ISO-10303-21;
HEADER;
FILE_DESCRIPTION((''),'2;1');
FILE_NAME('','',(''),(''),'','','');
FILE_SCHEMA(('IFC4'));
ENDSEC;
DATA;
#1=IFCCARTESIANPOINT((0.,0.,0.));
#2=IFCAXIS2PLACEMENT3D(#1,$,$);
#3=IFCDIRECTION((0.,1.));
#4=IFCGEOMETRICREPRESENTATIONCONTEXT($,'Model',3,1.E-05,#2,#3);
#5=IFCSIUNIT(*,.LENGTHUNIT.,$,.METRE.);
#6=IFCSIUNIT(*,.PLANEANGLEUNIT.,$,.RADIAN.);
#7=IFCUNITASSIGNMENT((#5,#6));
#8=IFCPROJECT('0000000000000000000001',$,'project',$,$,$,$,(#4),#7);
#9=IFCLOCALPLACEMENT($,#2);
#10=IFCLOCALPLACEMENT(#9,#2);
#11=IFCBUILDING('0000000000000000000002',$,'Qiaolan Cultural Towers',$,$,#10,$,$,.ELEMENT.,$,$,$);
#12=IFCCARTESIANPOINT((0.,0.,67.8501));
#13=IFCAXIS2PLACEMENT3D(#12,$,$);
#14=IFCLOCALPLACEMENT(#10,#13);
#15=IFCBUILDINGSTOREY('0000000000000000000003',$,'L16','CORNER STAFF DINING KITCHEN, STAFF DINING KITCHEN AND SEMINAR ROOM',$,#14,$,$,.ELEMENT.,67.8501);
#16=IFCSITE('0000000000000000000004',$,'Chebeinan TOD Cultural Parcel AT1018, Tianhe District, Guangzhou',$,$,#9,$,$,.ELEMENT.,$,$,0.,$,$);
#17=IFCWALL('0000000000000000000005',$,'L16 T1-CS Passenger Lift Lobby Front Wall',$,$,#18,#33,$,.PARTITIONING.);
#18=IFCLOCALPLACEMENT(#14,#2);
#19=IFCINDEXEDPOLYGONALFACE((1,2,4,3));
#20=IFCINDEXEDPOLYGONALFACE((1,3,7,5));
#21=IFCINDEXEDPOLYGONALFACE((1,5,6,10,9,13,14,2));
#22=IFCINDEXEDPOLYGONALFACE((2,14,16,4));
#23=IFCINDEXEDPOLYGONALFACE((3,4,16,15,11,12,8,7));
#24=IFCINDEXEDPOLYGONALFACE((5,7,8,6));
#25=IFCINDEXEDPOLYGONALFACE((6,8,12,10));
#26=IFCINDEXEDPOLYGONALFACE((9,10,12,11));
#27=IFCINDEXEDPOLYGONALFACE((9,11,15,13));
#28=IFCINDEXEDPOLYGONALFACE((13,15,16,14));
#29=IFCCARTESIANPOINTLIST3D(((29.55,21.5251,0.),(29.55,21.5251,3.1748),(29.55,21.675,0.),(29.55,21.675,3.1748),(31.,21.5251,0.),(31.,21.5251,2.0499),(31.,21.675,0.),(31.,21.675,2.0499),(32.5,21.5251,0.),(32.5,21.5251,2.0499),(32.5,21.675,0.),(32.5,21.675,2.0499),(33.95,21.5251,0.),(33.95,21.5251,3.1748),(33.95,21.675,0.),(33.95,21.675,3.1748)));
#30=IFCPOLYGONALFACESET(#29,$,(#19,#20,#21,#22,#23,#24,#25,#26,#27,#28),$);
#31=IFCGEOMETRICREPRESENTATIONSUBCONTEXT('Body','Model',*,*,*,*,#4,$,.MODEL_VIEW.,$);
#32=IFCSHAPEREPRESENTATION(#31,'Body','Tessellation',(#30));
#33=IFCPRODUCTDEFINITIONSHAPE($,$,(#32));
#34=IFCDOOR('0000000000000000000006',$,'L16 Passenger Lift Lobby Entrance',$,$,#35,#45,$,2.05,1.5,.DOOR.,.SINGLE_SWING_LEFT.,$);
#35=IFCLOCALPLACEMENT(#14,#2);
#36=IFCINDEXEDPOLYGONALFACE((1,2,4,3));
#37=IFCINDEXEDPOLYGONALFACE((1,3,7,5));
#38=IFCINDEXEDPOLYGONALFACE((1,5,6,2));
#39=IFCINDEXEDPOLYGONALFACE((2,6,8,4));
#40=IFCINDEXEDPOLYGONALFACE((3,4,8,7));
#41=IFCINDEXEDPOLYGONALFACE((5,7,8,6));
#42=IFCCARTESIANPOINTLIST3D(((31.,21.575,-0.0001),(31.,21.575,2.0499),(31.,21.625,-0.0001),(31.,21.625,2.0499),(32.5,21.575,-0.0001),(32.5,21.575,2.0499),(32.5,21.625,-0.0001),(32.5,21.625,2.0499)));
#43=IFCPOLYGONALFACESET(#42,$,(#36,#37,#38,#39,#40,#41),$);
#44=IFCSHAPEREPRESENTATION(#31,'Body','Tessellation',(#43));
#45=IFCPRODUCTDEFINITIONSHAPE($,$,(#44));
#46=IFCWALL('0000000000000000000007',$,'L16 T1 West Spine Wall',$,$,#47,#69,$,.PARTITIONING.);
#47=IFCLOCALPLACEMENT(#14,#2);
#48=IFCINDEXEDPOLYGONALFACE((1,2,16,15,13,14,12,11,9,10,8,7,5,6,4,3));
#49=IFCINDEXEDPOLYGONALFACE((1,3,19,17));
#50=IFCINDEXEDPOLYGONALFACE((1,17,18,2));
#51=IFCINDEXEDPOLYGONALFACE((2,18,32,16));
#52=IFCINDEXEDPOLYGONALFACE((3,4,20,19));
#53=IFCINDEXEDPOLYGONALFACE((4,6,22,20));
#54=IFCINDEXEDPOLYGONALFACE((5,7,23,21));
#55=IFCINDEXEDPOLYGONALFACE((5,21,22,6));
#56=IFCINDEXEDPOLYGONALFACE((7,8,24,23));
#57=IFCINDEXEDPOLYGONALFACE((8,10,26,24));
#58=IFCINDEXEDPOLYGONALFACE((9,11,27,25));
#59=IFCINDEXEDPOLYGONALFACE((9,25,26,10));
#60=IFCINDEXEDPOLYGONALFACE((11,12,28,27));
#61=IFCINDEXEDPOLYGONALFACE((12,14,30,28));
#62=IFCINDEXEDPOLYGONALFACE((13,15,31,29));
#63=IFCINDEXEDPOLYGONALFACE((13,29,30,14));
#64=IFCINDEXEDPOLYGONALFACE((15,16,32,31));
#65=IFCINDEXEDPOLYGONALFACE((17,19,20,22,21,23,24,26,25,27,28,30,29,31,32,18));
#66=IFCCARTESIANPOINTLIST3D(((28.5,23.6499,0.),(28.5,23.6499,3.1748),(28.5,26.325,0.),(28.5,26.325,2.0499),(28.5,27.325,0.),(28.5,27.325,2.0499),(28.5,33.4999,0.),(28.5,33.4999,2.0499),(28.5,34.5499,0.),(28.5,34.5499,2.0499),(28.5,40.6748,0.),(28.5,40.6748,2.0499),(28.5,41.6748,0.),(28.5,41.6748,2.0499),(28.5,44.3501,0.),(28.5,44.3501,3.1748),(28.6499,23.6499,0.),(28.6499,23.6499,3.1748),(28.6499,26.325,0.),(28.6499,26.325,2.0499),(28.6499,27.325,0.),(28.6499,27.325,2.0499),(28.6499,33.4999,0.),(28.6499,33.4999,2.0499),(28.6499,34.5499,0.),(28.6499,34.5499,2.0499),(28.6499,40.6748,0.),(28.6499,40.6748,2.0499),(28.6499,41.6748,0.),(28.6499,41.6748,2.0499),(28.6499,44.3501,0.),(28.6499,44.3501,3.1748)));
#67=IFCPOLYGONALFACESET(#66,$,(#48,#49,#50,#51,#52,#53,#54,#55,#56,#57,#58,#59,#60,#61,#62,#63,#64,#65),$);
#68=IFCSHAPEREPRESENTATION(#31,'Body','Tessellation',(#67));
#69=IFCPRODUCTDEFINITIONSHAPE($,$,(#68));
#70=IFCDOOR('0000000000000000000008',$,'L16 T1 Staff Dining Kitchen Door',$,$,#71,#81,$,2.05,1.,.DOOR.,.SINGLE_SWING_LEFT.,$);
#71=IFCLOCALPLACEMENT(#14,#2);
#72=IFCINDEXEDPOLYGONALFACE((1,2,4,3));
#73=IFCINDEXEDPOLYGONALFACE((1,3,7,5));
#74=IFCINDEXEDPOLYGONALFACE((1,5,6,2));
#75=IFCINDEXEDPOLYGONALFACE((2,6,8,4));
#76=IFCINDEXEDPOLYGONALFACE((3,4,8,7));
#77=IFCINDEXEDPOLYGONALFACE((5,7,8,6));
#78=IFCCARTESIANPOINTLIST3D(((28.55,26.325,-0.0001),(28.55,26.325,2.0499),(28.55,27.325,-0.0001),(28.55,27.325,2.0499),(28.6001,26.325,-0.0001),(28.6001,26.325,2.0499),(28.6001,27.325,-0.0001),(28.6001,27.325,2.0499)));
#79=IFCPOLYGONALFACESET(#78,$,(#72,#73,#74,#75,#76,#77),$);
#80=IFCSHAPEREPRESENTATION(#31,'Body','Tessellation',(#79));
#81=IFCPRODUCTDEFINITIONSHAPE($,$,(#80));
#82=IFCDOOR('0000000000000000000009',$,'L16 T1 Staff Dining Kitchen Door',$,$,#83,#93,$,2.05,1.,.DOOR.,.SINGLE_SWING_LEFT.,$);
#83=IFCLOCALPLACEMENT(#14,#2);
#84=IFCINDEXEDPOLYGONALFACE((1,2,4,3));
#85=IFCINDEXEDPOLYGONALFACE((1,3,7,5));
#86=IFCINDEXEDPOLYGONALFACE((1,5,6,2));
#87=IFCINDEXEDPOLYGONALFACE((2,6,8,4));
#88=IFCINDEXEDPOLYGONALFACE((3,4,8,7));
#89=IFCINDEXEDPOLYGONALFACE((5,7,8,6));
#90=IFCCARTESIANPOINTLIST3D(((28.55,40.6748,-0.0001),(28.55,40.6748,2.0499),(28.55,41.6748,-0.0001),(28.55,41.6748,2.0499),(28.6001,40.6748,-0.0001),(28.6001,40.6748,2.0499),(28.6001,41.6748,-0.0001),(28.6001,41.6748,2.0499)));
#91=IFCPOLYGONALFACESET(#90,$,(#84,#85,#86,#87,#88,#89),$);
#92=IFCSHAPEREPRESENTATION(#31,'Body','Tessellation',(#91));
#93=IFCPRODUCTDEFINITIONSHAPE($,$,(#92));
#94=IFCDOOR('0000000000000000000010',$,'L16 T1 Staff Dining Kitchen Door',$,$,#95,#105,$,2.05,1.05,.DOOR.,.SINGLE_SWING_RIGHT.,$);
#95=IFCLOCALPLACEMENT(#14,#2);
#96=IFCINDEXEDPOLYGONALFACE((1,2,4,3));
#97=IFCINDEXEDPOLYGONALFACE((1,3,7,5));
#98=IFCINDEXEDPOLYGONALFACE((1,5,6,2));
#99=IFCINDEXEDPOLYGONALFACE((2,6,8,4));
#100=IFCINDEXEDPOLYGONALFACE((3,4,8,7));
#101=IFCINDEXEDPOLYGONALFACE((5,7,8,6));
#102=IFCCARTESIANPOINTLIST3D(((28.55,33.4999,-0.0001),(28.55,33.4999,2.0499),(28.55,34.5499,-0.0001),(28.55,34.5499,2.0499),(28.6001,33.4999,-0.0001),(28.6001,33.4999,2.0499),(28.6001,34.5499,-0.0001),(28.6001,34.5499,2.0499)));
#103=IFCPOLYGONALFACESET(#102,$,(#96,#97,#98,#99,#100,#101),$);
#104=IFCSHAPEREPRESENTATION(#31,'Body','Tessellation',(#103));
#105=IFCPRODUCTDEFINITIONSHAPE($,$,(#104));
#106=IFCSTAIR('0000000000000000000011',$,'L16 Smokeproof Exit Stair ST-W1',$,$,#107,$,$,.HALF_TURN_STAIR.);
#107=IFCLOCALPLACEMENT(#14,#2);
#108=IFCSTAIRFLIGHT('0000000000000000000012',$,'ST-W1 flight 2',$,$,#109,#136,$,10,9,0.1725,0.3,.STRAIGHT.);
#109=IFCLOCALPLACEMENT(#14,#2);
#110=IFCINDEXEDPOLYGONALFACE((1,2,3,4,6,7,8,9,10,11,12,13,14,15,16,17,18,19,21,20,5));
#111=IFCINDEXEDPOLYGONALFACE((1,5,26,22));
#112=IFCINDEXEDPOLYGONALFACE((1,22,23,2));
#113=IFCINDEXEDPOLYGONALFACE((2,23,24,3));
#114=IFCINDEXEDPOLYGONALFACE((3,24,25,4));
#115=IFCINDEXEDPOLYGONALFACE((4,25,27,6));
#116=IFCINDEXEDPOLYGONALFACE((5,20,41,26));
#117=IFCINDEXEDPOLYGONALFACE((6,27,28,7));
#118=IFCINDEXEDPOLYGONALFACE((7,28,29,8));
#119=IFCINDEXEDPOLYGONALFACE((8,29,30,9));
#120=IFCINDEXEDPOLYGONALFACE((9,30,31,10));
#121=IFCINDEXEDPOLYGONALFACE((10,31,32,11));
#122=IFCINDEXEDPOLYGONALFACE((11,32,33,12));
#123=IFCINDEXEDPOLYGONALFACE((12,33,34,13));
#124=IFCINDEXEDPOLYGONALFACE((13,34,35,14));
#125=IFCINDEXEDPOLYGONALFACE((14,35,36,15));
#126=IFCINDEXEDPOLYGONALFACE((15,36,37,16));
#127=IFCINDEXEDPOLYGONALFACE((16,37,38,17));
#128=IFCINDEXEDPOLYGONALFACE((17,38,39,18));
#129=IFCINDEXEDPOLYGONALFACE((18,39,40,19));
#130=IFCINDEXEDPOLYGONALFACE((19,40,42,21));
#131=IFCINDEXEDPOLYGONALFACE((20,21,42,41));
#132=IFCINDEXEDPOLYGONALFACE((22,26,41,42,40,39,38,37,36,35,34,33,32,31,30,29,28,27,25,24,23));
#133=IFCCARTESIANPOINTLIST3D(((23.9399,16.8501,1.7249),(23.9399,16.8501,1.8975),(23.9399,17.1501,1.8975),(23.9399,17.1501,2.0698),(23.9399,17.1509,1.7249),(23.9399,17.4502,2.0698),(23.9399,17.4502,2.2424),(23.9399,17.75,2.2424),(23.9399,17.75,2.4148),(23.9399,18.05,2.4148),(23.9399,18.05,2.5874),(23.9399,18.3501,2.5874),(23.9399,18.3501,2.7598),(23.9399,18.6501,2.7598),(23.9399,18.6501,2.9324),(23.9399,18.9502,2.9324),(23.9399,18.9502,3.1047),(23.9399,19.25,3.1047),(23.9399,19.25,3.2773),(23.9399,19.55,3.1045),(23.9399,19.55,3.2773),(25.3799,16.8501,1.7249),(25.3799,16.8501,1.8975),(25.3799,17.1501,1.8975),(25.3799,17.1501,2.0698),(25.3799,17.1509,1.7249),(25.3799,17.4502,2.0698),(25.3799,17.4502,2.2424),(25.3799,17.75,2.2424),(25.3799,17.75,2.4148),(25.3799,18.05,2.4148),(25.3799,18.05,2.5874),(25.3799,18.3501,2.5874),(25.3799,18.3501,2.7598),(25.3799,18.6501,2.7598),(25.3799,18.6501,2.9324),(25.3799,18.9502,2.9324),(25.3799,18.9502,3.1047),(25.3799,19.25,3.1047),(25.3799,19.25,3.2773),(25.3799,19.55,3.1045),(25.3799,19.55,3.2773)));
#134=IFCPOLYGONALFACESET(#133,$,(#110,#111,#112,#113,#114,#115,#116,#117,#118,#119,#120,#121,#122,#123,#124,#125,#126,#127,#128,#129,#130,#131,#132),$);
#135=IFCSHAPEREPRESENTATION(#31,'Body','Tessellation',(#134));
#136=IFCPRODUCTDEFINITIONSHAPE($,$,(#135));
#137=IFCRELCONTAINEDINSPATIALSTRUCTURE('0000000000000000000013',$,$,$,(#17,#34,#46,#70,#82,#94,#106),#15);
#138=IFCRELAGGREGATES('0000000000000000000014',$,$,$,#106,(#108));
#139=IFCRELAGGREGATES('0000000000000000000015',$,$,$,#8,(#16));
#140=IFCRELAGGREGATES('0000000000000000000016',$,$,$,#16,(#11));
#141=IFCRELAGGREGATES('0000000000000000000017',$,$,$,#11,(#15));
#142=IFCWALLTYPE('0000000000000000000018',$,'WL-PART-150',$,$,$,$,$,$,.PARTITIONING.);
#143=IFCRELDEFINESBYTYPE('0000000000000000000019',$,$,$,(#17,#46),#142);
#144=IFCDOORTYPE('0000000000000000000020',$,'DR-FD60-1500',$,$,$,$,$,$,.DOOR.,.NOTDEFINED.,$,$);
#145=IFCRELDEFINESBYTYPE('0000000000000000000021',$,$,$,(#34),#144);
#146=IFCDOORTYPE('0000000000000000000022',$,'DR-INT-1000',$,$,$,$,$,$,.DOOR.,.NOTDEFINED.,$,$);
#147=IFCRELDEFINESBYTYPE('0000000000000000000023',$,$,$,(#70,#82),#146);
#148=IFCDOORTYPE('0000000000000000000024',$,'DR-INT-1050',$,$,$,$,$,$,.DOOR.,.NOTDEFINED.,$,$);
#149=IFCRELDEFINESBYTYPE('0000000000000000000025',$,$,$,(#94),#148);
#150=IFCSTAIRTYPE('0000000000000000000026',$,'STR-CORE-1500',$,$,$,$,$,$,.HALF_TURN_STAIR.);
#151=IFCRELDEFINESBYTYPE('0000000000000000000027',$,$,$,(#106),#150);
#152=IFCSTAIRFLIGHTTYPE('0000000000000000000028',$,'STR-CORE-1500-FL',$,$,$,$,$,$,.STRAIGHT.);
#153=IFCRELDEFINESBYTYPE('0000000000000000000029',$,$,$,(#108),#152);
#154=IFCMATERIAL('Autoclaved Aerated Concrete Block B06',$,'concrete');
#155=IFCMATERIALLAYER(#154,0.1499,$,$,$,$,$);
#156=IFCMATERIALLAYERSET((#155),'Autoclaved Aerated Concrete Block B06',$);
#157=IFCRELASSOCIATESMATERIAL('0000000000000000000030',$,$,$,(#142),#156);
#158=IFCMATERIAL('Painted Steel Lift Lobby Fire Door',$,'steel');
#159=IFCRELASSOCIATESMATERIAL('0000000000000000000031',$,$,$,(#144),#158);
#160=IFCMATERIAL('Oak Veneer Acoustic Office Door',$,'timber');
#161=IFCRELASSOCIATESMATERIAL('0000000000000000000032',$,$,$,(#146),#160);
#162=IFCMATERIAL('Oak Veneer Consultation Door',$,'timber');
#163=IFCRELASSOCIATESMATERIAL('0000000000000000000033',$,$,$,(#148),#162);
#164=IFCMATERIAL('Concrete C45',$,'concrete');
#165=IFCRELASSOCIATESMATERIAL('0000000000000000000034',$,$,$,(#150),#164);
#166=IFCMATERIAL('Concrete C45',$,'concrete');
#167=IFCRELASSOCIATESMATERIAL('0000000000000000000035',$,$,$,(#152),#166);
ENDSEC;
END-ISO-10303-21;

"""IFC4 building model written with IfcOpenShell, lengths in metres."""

from ifc_helpers import new_model, si_unit, direction, frame, frame_2d, origin, place, context, subcontext, project, spatial, polyline, rectangle, outline, extrude, material, layer, layer_set, type_object, element, fill, aggregate, save


model = new_model("IFC4")

# Units and contexts
model_context = context("Model", 3, precision=1e-05, world=origin(), true_north=direction((0.0, 1.0)))
body_context = subcontext(model_context, "Body", "Model", "MODEL_VIEW")
ifc_project = project(units=[si_unit("LENGTHUNIT", "METRE"), si_unit("PLANEANGLEUNIT", "RADIAN")], contexts=[model_context])

# Site, building, storey
site_placement = place(None, origin())
site = spatial("IfcSite", under=ifc_project, at=site_placement, Name="Chebeinan TOD Cultural Parcel AT1018, Tianhe District, Guangzhou", CompositionType="ELEMENT", RefElevation=0.0)
building_placement = place(site_placement, origin())
building = spatial("IfcBuilding", under=site, at=building_placement, Name="Qiaolan Cultural Towers", CompositionType="ELEMENT")
storey_placement = place(building_placement, frame((0.0, 0.0, 67.8501)))
storey = spatial("IfcBuildingStorey", under=building, at=storey_placement, Name="L16", Description="CORNER STAFF DINING KITCHEN, STAFF DINING KITCHEN AND SEMINAR ROOM", CompositionType="ELEMENT", Elevation=67.8501)

# Wall, opening, door
ifc_material_1 = material(Name="Autoclaved Aerated Concrete Block B06", Category="concrete")
ifc_layer_1 = layer(ifc_material_1, 0.1499)
ifc_layer_set_1 = layer_set([ifc_layer_1], Name="Autoclaved Aerated Concrete Block B06")
wall_type_1 = type_object("IfcWallType", Name="WL-PART-150", PredefinedType="PARTITIONING", material=ifc_layer_set_1)
wall_1_placement = place(storey_placement, frame((29.55, 21.6001, 0.0), z_axis=(0.0, 0.0, 1.0), x_axis=(1.0, 0.0, 0.0)))
wall_1 = element("IfcWall", 1, at=wall_1_placement, inside=storey, type_object=wall_type_1, Name="L16 T1-CS Passenger Lift Lobby Front Wall", PredefinedType="PARTITIONING", context=body_context, shape_type="SweptSolid", body=[
    extrude(rectangle(XDim=4.3999, YDim=0.1499, at=frame_2d((2.2, 0.0))), origin(), (0.0, 0.0, 1.0), 3.1748),
])
opening_1_placement = place(wall_1_placement, frame((1.45, 0.0, 0.0)))
opening_1 = element("IfcOpeningElement", 2, at=opening_1_placement, cuts=wall_1, PredefinedType="OPENING", context=body_context, shape_type="SweptSolid", body=[
    extrude(rectangle(XDim=1.5, YDim=2.05, at=frame_2d((0.75, 1.0249))), frame((0.0, 0.085, 0.0), z_axis=(0.0, -1.0, 0.0), x_axis=(1.0, 0.0, 0.0)), (0.0, 0.0, 1.0), 0.1699),
])
ifc_material_2 = material(Name="Painted Steel Lift Lobby Fire Door", Category="steel")
door_type_1 = type_object("IfcDoorType", Name="DR-FD60-1500", OperationType="NOTDEFINED", PredefinedType="DOOR", material=ifc_material_2)
door_1_placement = place(opening_1_placement, origin())
door_1 = element("IfcDoor", 3, at=door_1_placement, inside=storey, type_object=door_type_1, Name="L16 Passenger Lift Lobby Entrance", OperationType="SINGLE_SWING_LEFT", OverallHeight=2.05, OverallWidth=1.5, PredefinedType="DOOR", context=body_context, shape_type="SweptSolid", body=[
    extrude(rectangle(XDim=1.5, YDim=2.05, at=frame_2d((0.75, 1.0249))), frame((0.0, 0.0249, 0.0), z_axis=(0.0, -1.0, 0.0), x_axis=(1.0, 0.0, 0.0)), (0.0, 0.0, 1.0), 0.05),
])
fill(opening_1, door_1)

# Wall, openings, doors
wall_2_placement = place(storey_placement, frame((28.575, 23.6499, 0.0), z_axis=(0.0, 0.0, 1.0), x_axis=(0.0, 1.0, 0.0)))
wall_2 = element("IfcWall", 4, at=wall_2_placement, inside=storey, type_object=wall_type_1, Name="L16 T1 West Spine Wall", PredefinedType="PARTITIONING", context=body_context, shape_type="SweptSolid", body=[
    extrude(rectangle(XDim=20.7002, YDim=0.1499, at=frame_2d((10.3501, 0.0))), origin(), (0.0, 0.0, 1.0), 3.1748),
])
opening_2_placement = place(wall_2_placement, frame((2.675, 0.0, 0.0)))
opening_2 = element("IfcOpeningElement", 5, at=opening_2_placement, cuts=wall_2, PredefinedType="OPENING", context=body_context, shape_type="SweptSolid", body=[
    extrude(rectangle(XDim=1.0, YDim=2.05, at=frame_2d((0.5, 1.0249))), frame((0.0, 0.085, 0.0), z_axis=(0.0, -1.0, 0.0), x_axis=(1.0, 0.0, 0.0)), (0.0, 0.0, 1.0), 0.1699),
])
opening_3_placement = place(wall_2_placement, frame((9.8501, 0.0, 0.0)))
opening_3 = element("IfcOpeningElement", 6, at=opening_3_placement, cuts=wall_2, PredefinedType="OPENING", context=body_context, shape_type="SweptSolid", body=[
    extrude(rectangle(XDim=1.05, YDim=2.05, at=frame_2d((0.5249, 1.0249))), frame((0.0, 0.085, 0.0), z_axis=(0.0, -1.0, 0.0), x_axis=(1.0, 0.0, 0.0)), (0.0, 0.0, 1.0), 0.1699),
])
opening_4_placement = place(wall_2_placement, frame((17.0249, 0.0, 0.0)))
opening_4 = element("IfcOpeningElement", 7, at=opening_4_placement, cuts=wall_2, PredefinedType="OPENING", context=body_context, shape_type="SweptSolid", body=[
    extrude(rectangle(XDim=1.0, YDim=2.05, at=frame_2d((0.5, 1.0249))), frame((0.0, 0.085, 0.0), z_axis=(0.0, -1.0, 0.0), x_axis=(1.0, 0.0, 0.0)), (0.0, 0.0, 1.0), 0.1699),
])
ifc_material_3 = material(Name="Oak Veneer Acoustic Office Door", Category="timber")
door_type_2 = type_object("IfcDoorType", Name="DR-INT-1000", OperationType="NOTDEFINED", PredefinedType="DOOR", material=ifc_material_3)
door_2_placement = place(opening_2_placement, origin())
door_2 = element("IfcDoor", 8, at=door_2_placement, inside=storey, type_object=door_type_2, Name="L16 T1 Staff Dining Kitchen Door", OperationType="SINGLE_SWING_LEFT", OverallHeight=2.05, OverallWidth=1.0, PredefinedType="DOOR", context=body_context, shape_type="SweptSolid", body=[
    extrude(rectangle(XDim=1.0, YDim=2.05, at=frame_2d((0.5, 1.0249))), frame((0.0, 0.0249, 0.0), z_axis=(0.0, -1.0, 0.0), x_axis=(1.0, 0.0, 0.0)), (0.0, 0.0, 1.0), 0.05),
])
fill(opening_2, door_2)
door_3_placement = place(opening_4_placement, origin())
door_3 = element("IfcDoor", 9, at=door_3_placement, inside=storey, type_object=door_type_2, Name="L16 T1 Staff Dining Kitchen Door", OperationType="SINGLE_SWING_LEFT", OverallHeight=2.05, OverallWidth=1.0, PredefinedType="DOOR", context=body_context, shape_type="SweptSolid", body=[
    extrude(rectangle(XDim=1.0, YDim=2.05, at=frame_2d((0.5, 1.0249))), frame((0.0, 0.0249, 0.0), z_axis=(0.0, -1.0, 0.0), x_axis=(1.0, 0.0, 0.0)), (0.0, 0.0, 1.0), 0.05),
])
fill(opening_4, door_3)
ifc_material_4 = material(Name="Oak Veneer Consultation Door", Category="timber")
door_type_3 = type_object("IfcDoorType", Name="DR-INT-1050", OperationType="NOTDEFINED", PredefinedType="DOOR", material=ifc_material_4)
door_4_placement = place(opening_3_placement, origin())
door_4 = element("IfcDoor", 10, at=door_4_placement, inside=storey, type_object=door_type_3, Name="L16 T1 Staff Dining Kitchen Door", OperationType="SINGLE_SWING_RIGHT", OverallHeight=2.05, OverallWidth=1.05, PredefinedType="DOOR", context=body_context, shape_type="SweptSolid", body=[
    extrude(rectangle(XDim=1.05, YDim=2.05, at=frame_2d((0.5249, 1.0249))), frame((0.0, 0.0249, 0.0), z_axis=(0.0, -1.0, 0.0), x_axis=(1.0, 0.0, 0.0)), (0.0, 0.0, 1.0), 0.05),
])
fill(opening_3, door_4)

# Stair, stair flight
ifc_material_5 = material(Name="Concrete C45", Category="concrete")
stair_type = type_object("IfcStairType", Name="STR-CORE-1500", PredefinedType="HALF_TURN_STAIR", material=ifc_material_5)
stair_placement = place(storey_placement, origin())
stair = element("IfcStair", 11, at=stair_placement, inside=storey, type_object=stair_type, Name="L16 Smokeproof Exit Stair ST-W1", PredefinedType="HALF_TURN_STAIR")
ifc_material_6 = material(Name="Concrete C45", Category="concrete")
stair_flight_type = type_object("IfcStairFlightType", Name="STR-CORE-1500-FL", PredefinedType="STRAIGHT", material=ifc_material_6)
stair_flight_placement = place(storey_placement, frame((24.6599, 16.8501, 1.7249), z_axis=(0.0, 0.0, 1.0), x_axis=(0.0, 1.0, 0.0)))
stair_flight = element("IfcStairFlight", 12, at=stair_flight_placement, type_object=stair_flight_type, Name="ST-W1 flight 2", NumberOfRisers=10, NumberOfTreads=9, PredefinedType="STRAIGHT", RiserHeight=0.1725, TreadLength=0.3, context=body_context, shape_type="SweptSolid", body=[
    extrude(outline(polyline([(0.0, 0.0), (0.0, 0.1726), (0.3, 0.1726), (0.3, 0.345), (0.6001, 0.345), (0.6001, 0.5176), (0.8999, 0.5176), (0.8999, 0.6899), (1.2, 0.6899), (1.2, 0.8625), (1.5, 0.8625), (1.5, 1.0349), (1.8, 1.0349), (1.8, 1.2075), (2.1001, 1.2075), (2.1001, 1.3799), (2.3999, 1.3799), (2.3999, 1.5525), (2.7, 1.5525), (2.7, 1.7251), (2.7, 1.3796), (0.3008, 0.0), (0.0, 0.0)])), frame((0.0, 0.72, 0.0), z_axis=(0.0, -1.0, 0.0), x_axis=(1.0, 0.0, 0.0)), (0.0, 0.0, 1.0), 1.4399),
])
aggregate(stair, [stair_flight])

save(model, "model.ifc")
